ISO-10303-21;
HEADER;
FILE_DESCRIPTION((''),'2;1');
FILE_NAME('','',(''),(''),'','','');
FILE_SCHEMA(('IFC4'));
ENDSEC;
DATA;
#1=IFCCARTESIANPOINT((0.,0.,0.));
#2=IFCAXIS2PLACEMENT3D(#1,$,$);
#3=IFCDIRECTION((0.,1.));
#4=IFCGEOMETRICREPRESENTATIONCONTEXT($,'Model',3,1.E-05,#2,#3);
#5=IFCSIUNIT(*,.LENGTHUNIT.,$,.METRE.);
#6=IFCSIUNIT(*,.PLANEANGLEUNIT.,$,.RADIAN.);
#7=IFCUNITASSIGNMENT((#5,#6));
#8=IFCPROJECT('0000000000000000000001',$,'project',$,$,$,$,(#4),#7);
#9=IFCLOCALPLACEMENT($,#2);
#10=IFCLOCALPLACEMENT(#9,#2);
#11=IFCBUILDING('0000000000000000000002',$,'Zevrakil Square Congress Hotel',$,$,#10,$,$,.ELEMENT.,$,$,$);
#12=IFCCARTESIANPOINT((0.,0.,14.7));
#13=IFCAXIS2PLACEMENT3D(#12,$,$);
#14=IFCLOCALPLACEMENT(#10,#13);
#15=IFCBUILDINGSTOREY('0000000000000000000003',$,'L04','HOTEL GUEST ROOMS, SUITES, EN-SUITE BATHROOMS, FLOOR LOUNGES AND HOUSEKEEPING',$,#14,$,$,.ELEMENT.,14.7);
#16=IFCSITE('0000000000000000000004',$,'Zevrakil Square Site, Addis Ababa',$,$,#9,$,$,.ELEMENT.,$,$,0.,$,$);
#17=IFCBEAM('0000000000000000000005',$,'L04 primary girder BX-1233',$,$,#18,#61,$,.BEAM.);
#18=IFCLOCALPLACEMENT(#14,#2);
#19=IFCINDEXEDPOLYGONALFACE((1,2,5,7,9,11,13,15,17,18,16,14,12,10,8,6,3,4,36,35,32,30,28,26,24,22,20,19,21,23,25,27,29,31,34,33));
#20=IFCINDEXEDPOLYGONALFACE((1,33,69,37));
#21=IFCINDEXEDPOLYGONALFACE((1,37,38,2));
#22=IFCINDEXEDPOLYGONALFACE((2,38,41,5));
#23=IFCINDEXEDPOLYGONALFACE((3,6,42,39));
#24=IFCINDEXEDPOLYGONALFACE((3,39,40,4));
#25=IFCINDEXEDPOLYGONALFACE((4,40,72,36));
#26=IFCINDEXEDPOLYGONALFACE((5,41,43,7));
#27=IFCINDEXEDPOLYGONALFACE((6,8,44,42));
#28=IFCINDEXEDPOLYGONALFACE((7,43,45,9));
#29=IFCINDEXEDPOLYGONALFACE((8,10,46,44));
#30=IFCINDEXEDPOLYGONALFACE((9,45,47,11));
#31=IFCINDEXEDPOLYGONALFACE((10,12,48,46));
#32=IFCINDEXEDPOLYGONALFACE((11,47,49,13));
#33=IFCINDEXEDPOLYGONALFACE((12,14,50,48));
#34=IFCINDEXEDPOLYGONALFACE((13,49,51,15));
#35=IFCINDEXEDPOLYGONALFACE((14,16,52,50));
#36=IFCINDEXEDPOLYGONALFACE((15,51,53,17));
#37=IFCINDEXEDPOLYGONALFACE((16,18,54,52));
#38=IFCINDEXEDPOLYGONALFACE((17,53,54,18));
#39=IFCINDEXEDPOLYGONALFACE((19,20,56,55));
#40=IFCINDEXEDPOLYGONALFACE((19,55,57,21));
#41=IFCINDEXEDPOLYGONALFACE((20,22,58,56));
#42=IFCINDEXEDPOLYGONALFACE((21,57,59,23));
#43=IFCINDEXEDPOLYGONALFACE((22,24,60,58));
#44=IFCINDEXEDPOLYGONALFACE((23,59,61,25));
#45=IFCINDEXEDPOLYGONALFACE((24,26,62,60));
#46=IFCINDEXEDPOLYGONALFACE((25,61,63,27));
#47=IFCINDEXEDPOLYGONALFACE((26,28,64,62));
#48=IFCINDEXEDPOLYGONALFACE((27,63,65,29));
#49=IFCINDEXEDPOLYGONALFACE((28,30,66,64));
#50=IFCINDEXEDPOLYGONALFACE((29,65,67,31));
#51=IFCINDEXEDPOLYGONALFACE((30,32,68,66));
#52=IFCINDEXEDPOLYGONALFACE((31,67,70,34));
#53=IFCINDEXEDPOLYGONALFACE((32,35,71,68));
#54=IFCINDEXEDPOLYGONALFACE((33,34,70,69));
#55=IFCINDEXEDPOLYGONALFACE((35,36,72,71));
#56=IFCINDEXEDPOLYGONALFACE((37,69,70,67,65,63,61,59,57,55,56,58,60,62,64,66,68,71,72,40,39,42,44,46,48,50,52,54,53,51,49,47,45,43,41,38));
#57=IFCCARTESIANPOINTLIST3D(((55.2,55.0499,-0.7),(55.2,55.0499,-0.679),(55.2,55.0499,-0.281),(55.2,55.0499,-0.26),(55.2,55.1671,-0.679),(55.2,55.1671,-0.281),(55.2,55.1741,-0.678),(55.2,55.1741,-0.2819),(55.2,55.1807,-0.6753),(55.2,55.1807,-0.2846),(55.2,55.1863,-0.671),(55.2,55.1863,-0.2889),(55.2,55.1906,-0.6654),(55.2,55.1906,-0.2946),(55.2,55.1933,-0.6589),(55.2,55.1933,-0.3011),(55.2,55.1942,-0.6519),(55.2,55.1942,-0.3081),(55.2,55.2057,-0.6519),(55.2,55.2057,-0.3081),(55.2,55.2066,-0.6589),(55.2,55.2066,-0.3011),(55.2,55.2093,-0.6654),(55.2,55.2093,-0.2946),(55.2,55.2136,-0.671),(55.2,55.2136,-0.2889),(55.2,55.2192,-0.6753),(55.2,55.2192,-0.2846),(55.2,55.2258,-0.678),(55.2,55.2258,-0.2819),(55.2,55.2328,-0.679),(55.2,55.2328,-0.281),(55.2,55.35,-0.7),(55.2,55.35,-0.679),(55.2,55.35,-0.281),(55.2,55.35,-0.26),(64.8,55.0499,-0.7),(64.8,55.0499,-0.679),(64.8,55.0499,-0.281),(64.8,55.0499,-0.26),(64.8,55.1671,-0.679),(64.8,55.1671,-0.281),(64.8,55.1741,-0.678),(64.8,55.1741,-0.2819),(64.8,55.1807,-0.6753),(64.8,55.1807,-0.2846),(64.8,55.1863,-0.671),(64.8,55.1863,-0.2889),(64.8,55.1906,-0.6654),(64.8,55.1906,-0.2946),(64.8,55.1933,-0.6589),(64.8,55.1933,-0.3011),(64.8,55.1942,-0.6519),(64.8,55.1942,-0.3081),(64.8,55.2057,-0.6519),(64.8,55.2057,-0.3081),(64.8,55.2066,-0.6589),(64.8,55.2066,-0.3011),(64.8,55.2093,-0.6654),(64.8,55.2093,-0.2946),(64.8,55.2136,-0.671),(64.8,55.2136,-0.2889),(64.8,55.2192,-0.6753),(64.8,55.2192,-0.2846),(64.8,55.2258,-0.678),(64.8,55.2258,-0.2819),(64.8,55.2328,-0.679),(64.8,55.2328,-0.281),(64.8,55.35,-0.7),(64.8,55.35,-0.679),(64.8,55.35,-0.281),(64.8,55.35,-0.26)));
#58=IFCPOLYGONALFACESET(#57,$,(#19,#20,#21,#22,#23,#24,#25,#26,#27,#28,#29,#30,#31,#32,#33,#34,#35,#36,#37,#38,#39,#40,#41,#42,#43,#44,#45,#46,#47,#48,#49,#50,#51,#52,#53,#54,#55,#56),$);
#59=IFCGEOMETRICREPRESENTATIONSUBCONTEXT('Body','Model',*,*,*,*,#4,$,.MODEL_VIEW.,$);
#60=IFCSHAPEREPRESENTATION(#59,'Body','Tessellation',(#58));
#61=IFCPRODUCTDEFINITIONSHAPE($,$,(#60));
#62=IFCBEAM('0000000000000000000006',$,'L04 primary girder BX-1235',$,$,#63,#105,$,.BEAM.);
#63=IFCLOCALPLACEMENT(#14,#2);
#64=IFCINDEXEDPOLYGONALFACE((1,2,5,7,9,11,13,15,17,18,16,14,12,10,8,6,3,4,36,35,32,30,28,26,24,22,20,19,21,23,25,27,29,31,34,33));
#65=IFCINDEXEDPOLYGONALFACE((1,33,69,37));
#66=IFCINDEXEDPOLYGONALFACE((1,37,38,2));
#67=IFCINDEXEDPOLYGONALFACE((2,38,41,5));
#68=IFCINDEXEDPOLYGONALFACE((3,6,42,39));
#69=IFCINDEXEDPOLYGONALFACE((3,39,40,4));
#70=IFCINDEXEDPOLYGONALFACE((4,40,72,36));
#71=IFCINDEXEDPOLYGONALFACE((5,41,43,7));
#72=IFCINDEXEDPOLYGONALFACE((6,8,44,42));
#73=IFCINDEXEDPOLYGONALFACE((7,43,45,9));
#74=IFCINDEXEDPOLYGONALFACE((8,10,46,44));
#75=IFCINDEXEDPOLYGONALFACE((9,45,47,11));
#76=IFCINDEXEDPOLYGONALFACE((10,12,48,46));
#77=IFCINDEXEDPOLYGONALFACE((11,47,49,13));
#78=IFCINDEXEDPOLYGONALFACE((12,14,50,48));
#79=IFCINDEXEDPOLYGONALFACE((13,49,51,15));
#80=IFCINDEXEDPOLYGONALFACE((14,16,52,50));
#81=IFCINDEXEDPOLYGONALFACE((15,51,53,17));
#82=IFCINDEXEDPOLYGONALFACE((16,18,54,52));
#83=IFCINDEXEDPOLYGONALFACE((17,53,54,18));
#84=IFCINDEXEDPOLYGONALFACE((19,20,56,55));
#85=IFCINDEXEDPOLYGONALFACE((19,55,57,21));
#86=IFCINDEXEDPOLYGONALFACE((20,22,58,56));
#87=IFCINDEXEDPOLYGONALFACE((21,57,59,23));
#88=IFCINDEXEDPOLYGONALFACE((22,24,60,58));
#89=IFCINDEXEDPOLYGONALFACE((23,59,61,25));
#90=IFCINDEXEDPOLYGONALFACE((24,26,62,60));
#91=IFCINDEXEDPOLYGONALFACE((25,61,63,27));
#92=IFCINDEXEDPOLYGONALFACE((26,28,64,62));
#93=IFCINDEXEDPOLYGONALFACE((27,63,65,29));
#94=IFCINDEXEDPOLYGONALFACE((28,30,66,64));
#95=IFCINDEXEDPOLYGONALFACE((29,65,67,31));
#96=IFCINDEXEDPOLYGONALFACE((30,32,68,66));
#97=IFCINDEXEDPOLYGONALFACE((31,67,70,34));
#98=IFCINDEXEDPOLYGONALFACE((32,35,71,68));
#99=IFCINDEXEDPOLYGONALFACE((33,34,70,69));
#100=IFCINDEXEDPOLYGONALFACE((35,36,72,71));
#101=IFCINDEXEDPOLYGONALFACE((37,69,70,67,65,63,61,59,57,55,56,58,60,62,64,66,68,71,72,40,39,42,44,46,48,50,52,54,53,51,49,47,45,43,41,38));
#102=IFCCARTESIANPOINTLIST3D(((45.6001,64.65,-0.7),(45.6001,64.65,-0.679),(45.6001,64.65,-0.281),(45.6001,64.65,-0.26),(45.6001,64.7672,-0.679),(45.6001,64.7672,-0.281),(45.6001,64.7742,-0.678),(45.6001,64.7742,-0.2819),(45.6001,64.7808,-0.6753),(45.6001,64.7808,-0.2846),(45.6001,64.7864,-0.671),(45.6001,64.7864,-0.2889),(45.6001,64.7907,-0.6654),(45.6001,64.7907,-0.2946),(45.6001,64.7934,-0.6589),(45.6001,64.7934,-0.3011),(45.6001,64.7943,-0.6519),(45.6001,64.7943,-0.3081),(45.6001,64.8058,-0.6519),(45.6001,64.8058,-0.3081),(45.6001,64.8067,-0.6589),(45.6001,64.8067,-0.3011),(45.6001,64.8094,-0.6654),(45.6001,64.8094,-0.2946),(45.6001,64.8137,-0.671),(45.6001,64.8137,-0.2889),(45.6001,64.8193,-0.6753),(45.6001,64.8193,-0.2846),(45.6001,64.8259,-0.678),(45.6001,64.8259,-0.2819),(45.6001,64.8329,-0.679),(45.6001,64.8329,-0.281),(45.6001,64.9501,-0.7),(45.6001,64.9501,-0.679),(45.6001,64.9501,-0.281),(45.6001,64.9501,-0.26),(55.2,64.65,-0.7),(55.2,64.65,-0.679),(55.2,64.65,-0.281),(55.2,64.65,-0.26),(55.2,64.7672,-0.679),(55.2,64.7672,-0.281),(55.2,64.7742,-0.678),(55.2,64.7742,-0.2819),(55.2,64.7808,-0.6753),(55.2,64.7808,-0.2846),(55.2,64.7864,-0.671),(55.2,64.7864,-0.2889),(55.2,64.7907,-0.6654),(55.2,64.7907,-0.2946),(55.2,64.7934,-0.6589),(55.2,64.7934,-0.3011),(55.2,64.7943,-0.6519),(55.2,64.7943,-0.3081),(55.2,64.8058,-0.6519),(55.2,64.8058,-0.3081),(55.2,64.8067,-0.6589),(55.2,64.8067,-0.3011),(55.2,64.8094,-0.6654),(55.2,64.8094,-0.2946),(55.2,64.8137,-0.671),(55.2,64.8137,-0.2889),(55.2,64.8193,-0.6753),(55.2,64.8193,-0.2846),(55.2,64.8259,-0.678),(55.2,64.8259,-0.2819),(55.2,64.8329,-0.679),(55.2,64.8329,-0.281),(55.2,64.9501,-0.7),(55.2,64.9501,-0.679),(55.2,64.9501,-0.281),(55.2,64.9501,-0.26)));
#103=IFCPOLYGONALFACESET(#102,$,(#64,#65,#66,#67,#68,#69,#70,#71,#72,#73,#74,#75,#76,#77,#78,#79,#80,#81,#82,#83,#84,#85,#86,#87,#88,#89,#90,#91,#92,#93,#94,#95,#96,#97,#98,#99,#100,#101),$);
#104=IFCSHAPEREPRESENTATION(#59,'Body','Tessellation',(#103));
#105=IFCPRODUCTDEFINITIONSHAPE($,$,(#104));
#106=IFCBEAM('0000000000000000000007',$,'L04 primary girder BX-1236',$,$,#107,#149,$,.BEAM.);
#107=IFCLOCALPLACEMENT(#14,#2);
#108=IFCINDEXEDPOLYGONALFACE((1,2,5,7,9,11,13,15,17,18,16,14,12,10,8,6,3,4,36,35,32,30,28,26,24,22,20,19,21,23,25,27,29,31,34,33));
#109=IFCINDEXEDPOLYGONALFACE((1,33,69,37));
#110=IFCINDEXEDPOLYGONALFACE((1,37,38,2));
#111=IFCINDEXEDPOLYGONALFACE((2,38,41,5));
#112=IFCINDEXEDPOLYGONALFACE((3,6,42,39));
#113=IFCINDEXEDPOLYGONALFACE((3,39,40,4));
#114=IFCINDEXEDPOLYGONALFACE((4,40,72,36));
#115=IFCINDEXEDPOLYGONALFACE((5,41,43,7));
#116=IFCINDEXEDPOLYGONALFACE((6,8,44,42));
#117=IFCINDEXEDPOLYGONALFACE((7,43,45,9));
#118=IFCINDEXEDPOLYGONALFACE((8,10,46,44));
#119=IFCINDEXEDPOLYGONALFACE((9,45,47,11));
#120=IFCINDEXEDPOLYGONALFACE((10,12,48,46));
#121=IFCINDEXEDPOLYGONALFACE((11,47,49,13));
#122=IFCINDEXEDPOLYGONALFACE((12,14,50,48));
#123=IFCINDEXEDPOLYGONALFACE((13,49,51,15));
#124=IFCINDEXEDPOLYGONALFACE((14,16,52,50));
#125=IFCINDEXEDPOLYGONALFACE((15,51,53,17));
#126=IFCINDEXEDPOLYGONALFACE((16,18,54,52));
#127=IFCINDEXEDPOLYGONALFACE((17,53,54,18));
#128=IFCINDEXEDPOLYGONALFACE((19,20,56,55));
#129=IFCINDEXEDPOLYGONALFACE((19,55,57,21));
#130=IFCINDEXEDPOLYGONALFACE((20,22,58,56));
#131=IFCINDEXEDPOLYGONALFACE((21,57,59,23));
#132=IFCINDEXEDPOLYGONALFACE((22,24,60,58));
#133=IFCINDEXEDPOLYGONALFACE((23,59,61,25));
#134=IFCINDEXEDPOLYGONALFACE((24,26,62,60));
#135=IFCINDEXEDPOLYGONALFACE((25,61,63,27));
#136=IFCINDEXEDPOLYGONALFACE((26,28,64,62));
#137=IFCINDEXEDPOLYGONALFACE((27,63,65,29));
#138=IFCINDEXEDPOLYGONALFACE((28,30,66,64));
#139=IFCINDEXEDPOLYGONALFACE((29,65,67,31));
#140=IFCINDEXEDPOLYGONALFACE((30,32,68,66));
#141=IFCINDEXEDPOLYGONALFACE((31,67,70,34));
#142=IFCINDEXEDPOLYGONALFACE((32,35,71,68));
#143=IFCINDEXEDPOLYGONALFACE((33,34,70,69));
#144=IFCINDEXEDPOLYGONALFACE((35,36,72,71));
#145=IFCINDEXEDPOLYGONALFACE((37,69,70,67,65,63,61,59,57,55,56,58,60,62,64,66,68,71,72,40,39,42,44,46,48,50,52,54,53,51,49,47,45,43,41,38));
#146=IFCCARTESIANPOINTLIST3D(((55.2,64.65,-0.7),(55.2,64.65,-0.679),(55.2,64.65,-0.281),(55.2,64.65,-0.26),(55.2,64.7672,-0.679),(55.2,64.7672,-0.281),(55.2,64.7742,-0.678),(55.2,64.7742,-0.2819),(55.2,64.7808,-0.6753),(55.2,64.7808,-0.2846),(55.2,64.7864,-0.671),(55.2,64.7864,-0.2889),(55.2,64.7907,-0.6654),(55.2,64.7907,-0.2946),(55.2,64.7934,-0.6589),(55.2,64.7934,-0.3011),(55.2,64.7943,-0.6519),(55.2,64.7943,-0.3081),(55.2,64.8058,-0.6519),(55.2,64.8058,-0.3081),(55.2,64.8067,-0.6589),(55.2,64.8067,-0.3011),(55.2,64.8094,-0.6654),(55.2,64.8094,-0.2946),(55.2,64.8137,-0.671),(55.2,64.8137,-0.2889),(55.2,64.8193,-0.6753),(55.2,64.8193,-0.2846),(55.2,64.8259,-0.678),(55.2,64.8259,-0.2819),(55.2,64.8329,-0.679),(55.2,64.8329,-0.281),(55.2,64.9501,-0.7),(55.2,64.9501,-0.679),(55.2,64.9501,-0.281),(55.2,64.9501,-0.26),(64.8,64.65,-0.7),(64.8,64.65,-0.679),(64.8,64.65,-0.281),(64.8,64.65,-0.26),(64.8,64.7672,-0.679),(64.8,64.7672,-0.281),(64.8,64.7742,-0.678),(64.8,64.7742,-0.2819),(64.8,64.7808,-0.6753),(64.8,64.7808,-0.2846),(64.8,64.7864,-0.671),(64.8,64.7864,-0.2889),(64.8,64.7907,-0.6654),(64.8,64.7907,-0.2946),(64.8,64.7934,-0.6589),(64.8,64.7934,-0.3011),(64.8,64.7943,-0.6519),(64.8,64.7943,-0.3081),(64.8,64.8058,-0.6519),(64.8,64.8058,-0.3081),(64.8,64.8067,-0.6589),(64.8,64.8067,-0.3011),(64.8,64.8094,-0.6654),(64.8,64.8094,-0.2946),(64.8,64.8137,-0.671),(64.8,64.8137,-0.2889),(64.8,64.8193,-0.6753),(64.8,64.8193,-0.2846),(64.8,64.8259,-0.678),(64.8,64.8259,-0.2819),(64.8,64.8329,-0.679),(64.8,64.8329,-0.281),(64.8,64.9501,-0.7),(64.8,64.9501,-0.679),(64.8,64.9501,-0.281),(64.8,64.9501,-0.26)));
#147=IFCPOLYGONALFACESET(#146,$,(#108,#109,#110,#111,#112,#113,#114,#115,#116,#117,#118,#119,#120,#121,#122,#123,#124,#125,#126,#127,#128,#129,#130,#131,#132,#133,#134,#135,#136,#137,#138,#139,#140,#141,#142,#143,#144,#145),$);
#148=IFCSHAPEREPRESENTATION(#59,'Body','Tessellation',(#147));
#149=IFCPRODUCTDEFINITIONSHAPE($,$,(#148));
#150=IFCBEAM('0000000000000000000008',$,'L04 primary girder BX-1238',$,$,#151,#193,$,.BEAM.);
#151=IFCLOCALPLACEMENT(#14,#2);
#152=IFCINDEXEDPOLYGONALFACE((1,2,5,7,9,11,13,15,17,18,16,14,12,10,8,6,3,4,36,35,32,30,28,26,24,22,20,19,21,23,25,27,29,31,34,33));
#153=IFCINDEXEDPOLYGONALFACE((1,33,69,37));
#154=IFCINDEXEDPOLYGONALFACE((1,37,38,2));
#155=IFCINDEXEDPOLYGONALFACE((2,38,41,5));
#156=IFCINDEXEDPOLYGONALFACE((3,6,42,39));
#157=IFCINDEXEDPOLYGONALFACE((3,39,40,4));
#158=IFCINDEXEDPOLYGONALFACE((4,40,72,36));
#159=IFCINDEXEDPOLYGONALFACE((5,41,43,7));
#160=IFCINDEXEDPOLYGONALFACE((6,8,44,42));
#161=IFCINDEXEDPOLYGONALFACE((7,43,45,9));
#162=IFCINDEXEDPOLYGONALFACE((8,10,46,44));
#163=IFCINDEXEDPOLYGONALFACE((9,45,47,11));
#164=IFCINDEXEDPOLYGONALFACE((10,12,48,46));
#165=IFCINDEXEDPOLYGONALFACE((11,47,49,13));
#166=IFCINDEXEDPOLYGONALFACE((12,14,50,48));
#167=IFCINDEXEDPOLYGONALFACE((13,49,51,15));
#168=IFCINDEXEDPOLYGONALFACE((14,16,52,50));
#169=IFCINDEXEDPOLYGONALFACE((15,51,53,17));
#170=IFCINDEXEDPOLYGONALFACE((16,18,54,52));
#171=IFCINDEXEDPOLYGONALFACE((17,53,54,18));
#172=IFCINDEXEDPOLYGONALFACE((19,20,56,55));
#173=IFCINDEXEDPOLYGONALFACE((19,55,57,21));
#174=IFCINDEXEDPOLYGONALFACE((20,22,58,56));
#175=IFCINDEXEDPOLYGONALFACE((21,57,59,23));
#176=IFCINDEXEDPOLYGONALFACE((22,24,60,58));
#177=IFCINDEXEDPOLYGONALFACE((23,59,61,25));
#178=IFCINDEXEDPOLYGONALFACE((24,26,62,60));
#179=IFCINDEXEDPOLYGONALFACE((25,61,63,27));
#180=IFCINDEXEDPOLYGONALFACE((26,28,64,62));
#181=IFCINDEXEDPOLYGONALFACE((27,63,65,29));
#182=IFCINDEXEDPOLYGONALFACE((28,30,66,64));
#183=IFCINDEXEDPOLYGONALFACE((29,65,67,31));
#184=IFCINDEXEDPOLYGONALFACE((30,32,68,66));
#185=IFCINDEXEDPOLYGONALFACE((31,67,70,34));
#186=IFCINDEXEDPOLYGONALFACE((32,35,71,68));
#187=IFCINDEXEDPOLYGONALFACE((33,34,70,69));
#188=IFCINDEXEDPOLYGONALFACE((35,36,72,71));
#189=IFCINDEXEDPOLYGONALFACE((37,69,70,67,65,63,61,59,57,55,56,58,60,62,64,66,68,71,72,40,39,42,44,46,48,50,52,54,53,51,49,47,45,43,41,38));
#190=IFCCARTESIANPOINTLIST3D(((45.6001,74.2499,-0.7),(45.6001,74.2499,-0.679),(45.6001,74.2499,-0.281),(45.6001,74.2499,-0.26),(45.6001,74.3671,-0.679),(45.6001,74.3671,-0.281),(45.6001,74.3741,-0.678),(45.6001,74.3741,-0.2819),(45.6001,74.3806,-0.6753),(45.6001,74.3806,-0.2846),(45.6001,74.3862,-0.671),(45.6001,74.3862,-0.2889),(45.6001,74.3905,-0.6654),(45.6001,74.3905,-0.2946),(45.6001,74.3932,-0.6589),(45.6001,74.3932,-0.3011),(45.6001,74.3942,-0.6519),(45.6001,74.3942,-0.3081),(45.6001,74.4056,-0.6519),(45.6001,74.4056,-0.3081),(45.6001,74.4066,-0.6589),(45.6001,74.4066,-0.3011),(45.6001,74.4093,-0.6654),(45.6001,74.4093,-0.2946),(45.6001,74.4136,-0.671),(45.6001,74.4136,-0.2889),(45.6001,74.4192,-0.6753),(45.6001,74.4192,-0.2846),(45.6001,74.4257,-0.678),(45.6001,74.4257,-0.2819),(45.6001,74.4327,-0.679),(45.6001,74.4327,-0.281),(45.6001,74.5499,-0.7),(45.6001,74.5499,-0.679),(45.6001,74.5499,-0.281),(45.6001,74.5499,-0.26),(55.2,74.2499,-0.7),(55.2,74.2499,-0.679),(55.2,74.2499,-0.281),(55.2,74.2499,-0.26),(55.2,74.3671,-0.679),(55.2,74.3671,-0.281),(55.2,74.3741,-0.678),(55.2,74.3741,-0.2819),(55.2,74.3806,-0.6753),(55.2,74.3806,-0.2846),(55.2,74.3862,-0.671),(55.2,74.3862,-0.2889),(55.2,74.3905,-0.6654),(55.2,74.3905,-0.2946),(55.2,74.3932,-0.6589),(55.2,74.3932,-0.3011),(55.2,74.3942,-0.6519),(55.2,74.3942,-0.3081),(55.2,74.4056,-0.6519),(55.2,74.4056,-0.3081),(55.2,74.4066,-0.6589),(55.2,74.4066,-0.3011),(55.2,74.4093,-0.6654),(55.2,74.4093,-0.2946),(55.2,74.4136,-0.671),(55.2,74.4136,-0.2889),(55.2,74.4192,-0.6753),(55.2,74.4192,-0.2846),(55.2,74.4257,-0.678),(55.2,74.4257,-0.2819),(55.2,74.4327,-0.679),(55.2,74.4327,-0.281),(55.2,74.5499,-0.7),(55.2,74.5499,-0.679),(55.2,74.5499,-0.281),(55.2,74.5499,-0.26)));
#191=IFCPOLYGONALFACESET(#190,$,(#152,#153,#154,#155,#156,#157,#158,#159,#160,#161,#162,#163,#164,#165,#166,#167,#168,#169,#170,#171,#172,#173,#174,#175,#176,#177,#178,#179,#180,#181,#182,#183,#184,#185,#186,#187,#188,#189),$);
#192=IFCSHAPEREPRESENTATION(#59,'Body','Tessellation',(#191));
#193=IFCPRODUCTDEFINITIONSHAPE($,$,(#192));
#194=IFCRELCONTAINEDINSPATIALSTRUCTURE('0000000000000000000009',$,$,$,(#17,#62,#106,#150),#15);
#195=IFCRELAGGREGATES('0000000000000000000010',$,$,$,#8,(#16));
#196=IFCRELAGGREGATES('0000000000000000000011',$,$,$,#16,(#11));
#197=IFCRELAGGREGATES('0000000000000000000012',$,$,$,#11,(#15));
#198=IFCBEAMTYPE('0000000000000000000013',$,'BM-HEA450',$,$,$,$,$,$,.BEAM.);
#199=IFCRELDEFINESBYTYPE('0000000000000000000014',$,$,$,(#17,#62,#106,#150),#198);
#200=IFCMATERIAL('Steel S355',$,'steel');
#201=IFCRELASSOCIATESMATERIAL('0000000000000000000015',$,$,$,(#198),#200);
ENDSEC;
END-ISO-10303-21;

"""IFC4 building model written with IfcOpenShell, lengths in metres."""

from ifc_helpers import new_model, si_unit, direction, frame, origin, origin_2d, place, context, subcontext, project, spatial, i_section, extrude, material, material_profile, profile_set, type_object, element, save


model = new_model("IFC4")

# Units and contexts
model_context = context("Model", 3, precision=1e-05, world=origin(), true_north=direction((0.0, 1.0)))
body_context = subcontext(model_context, "Body", "Model", "MODEL_VIEW")
ifc_project = project(units=[si_unit("LENGTHUNIT", "METRE"), si_unit("PLANEANGLEUNIT", "RADIAN")], contexts=[model_context])

# Site, building, storey
site_placement = place(None, origin())
site = spatial("IfcSite", under=ifc_project, at=site_placement, Name="Zevrakil Square Site, Addis Ababa", CompositionType="ELEMENT", RefElevation=0.0)
building_placement = place(site_placement, origin())
building = spatial("IfcBuilding", under=site, at=building_placement, Name="Zevrakil Square Congress Hotel", CompositionType="ELEMENT")
storey_placement = place(building_placement, frame((0.0, 0.0, 14.7)))
storey = spatial("IfcBuildingStorey", under=building, at=storey_placement, Name="L04", Description="HOTEL GUEST ROOMS, SUITES, EN-SUITE BATHROOMS, FLOOR LOUNGES AND HOUSEKEEPING", CompositionType="ELEMENT", Elevation=14.7)

# Beams
ifc_material_1 = material(Name="Steel S355", Category="steel")
ifc_material_profile_1 = material_profile(ifc_material_1, i_section(OverallWidth=0.3, OverallDepth=0.4399, WebThickness=0.0115, FlangeThickness=0.021, FilletRadius=0.0271, at=origin_2d()), Name="HEA 450")
ifc_profile_set_1 = profile_set([ifc_material_profile_1], Name="Steel S355")
beam_type_1 = type_object("IfcBeamType", Name="BM-HEA450", PredefinedType="BEAM", material=ifc_profile_set_1)
beam_1_placement = place(storey_placement, frame((55.2, 55.2, -0.48), z_axis=(1.0, 0.0, 0.0), x_axis=(0.0, 1.0, 0.0)))
element("IfcBeam", 1, at=beam_1_placement, inside=storey, type_object=beam_type_1, Name="L04 primary girder BX-1233", PredefinedType="BEAM", context=body_context, shape_type="SweptSolid", body=[
    extrude(i_section(OverallWidth=0.3, OverallDepth=0.4399, WebThickness=0.0115, FlangeThickness=0.021, FilletRadius=0.0271, at=origin_2d()), origin(), (0.0, 0.0, 1.0), 9.6001),
])
beam_2_placement = place(storey_placement, frame((45.6001, 64.8, -0.48), z_axis=(1.0, 0.0, 0.0), x_axis=(0.0, 1.0, 0.0)))
element("IfcBeam", 2, at=beam_2_placement, inside=storey, type_object=beam_type_1, Name="L04 primary girder BX-1235", PredefinedType="BEAM", context=body_context, shape_type="SweptSolid", body=[
    extrude(i_section(OverallWidth=0.3, OverallDepth=0.4399, WebThickness=0.0115, FlangeThickness=0.021, FilletRadius=0.0271, at=origin_2d()), origin(), (0.0, 0.0, 1.0), 9.5999),
])
beam_3_placement = place(storey_placement, frame((55.2, 64.8, -0.48), z_axis=(1.0, 0.0, 0.0), x_axis=(0.0, 1.0, 0.0)))
element("IfcBeam", 3, at=beam_3_placement, inside=storey, type_object=beam_type_1, Name="L04 primary girder BX-1236", PredefinedType="BEAM", context=body_context, shape_type="SweptSolid", body=[
    extrude(i_section(OverallWidth=0.3, OverallDepth=0.4399, WebThickness=0.0115, FlangeThickness=0.021, FilletRadius=0.0271, at=origin_2d()), origin(), (0.0, 0.0, 1.0), 9.6001),
])
beam_4_placement = place(storey_placement, frame((45.6001, 74.3999, -0.48), z_axis=(1.0, 0.0, 0.0), x_axis=(0.0, 1.0, 0.0)))
element("IfcBeam", 4, at=beam_4_placement, inside=storey, type_object=beam_type_1, Name="L04 primary girder BX-1238", PredefinedType="BEAM", context=body_context, shape_type="SweptSolid", body=[
    extrude(i_section(OverallWidth=0.3, OverallDepth=0.4399, WebThickness=0.0115, FlangeThickness=0.021, FilletRadius=0.0271, at=origin_2d()), origin(), (0.0, 0.0, 1.0), 9.5999),
])

save(model, "model.ifc")
